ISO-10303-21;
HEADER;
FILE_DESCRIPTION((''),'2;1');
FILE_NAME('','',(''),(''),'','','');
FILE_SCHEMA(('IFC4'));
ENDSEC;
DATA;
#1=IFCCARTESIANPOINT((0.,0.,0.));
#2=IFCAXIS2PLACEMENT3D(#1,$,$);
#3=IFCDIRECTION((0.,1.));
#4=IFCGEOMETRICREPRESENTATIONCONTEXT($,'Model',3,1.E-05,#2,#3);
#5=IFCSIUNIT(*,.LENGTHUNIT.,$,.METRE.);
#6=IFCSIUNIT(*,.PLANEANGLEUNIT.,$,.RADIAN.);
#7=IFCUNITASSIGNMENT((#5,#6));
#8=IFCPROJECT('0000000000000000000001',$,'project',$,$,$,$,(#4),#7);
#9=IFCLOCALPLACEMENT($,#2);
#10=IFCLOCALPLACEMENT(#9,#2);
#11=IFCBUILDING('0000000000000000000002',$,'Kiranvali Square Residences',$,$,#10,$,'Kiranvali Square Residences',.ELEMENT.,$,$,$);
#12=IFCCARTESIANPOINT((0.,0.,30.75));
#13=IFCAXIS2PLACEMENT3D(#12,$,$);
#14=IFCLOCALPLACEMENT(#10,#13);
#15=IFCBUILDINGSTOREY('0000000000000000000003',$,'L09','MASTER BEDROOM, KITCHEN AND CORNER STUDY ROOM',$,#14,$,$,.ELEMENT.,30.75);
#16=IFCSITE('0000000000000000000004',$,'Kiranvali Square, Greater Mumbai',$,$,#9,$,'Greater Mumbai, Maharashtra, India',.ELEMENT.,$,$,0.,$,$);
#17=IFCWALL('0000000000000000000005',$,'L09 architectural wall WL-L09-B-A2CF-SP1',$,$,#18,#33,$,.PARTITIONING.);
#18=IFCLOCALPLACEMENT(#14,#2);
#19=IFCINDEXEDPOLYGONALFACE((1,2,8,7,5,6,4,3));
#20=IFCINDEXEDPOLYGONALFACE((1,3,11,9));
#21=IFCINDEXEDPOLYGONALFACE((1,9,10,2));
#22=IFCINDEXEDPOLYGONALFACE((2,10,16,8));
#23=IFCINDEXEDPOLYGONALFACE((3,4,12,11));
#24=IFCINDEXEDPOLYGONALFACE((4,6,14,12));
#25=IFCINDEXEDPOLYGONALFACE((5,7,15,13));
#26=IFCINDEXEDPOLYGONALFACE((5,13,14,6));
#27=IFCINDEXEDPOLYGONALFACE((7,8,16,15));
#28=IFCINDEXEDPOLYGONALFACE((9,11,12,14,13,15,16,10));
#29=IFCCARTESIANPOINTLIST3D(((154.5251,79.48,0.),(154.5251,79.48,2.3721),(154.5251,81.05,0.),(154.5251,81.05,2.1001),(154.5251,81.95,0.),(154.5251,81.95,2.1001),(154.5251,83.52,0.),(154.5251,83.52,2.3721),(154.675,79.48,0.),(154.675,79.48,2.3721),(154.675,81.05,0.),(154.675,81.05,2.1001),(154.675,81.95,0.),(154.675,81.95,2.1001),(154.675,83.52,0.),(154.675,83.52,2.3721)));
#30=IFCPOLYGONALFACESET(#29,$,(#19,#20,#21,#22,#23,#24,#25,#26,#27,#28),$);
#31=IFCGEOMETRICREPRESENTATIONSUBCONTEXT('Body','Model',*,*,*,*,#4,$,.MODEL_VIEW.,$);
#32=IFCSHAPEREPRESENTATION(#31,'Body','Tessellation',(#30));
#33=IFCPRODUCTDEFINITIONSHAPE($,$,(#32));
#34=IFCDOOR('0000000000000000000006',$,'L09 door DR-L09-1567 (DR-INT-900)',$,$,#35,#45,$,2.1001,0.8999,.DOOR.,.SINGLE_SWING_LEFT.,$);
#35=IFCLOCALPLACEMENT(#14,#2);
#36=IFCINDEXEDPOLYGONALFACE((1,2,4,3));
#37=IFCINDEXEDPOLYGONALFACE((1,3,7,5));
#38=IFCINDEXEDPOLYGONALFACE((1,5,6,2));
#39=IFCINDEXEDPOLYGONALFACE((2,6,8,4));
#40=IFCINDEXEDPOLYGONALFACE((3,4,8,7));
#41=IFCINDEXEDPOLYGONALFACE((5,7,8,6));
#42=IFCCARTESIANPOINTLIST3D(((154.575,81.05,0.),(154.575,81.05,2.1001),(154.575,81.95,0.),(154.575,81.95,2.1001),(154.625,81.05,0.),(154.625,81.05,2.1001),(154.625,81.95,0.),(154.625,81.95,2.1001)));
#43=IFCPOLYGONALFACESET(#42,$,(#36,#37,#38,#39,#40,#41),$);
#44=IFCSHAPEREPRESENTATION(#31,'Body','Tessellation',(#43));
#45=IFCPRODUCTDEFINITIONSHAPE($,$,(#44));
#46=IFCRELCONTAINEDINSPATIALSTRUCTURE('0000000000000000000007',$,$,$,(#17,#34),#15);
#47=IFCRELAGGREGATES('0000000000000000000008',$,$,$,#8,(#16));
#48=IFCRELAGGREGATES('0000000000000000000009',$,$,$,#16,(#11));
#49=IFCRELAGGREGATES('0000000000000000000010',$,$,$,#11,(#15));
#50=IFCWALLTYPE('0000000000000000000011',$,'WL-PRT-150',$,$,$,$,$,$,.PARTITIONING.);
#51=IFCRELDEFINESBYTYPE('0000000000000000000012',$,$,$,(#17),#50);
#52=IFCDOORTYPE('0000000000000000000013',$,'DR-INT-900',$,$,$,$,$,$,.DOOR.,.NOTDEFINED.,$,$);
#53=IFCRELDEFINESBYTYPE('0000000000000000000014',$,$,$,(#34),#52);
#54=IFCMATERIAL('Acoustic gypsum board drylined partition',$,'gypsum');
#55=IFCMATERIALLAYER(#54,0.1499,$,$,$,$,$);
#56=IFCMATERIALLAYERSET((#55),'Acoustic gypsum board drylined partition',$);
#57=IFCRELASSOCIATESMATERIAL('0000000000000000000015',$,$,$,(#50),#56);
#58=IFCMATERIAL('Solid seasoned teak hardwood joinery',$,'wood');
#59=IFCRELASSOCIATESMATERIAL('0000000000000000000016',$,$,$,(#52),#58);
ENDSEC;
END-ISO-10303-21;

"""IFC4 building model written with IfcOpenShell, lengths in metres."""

from ifc_helpers import new_model, si_unit, direction, frame, frame_2d, origin, place, context, subcontext, project, spatial, rectangle, extrude, material, layer, layer_set, type_object, element, fill, save


model = new_model("IFC4")

# Units and contexts
model_context = context("Model", 3, precision=1e-05, world=origin(), true_north=direction((0.0, 1.0)))
body_context = subcontext(model_context, "Body", "Model", "MODEL_VIEW")
ifc_project = project(units=[si_unit("LENGTHUNIT", "METRE"), si_unit("PLANEANGLEUNIT", "RADIAN")], contexts=[model_context])

# Site, building, storey
site_placement = place(None, origin())
site = spatial("IfcSite", under=ifc_project, at=site_placement, Name="Kiranvali Square, Greater Mumbai", LongName="Greater Mumbai, Maharashtra, India", CompositionType="ELEMENT", RefElevation=0.0)
building_placement = place(site_placement, origin())
building = spatial("IfcBuilding", under=site, at=building_placement, Name="Kiranvali Square Residences", LongName="Kiranvali Square Residences", CompositionType="ELEMENT")
storey_placement = place(building_placement, frame((0.0, 0.0, 30.75)))
storey = spatial("IfcBuildingStorey", under=building, at=storey_placement, Name="L09", Description="MASTER BEDROOM, KITCHEN AND CORNER STUDY ROOM", CompositionType="ELEMENT", Elevation=30.75)

# Wall, opening, door
ifc_material_1 = material(Name="Acoustic gypsum board drylined partition", Category="gypsum")
ifc_layer_1 = layer(ifc_material_1, 0.1499)
ifc_layer_set_1 = layer_set([ifc_layer_1], Name="Acoustic gypsum board drylined partition")
wall_type_1 = type_object("IfcWallType", Name="WL-PRT-150", PredefinedType="PARTITIONING", material=ifc_layer_set_1)
ifc_material_2 = material(Name="Solid seasoned teak hardwood joinery", Category="wood")
door_type_1 = type_object("IfcDoorType", Name="DR-INT-900", OperationType="NOTDEFINED", PredefinedType="DOOR", material=ifc_material_2)
wall_1_placement = place(storey_placement, frame((154.6001, 83.52, 0.0), z_axis=(0.0, 0.0, 1.0), x_axis=(0.0, -1.0, 0.0)))
wall_1 = element("IfcWall", 1, at=wall_1_placement, inside=storey, type_object=wall_type_1, Name="L09 architectural wall WL-L09-B-A2CF-SP1", PredefinedType="PARTITIONING", context=body_context, shape_type="SweptSolid", body=[
    extrude(rectangle(XDim=4.04, YDim=0.1499, at=frame_2d((2.02, 0.0))), origin(), (0.0, 0.0, 1.0), 2.3721),
])
opening_1_placement = place(wall_1_placement, frame((1.5701, 0.0, 0.0)))
opening_1 = element("IfcOpeningElement", 2, at=opening_1_placement, cuts=wall_1, PredefinedType="OPENING", context=body_context, shape_type="SweptSolid", body=[
    extrude(rectangle(XDim=0.8999, YDim=2.1001, at=frame_2d((0.45, 1.05))), frame((0.0, 0.085, 0.0), z_axis=(0.0, -1.0, 0.0), x_axis=(1.0, 0.0, 0.0)), (0.0, 0.0, 1.0), 0.1699),
])
door_1_placement = place(opening_1_placement, origin())
door_1 = element("IfcDoor", 3, at=door_1_placement, inside=storey, type_object=door_type_1, Name="L09 door DR-L09-1567 (DR-INT-900)", OperationType="SINGLE_SWING_LEFT", OverallHeight=2.1001, OverallWidth=0.8999, PredefinedType="DOOR", context=body_context, shape_type="SweptSolid", body=[
    extrude(rectangle(XDim=0.8999, YDim=2.1001, at=frame_2d((0.45, 1.05))), frame((0.0, 0.0249, 0.0), z_axis=(0.0, -1.0, 0.0), x_axis=(1.0, 0.0, 0.0)), (0.0, 0.0, 1.0), 0.05),
])
fill(opening_1, door_1)

save(model, "model.ifc")
